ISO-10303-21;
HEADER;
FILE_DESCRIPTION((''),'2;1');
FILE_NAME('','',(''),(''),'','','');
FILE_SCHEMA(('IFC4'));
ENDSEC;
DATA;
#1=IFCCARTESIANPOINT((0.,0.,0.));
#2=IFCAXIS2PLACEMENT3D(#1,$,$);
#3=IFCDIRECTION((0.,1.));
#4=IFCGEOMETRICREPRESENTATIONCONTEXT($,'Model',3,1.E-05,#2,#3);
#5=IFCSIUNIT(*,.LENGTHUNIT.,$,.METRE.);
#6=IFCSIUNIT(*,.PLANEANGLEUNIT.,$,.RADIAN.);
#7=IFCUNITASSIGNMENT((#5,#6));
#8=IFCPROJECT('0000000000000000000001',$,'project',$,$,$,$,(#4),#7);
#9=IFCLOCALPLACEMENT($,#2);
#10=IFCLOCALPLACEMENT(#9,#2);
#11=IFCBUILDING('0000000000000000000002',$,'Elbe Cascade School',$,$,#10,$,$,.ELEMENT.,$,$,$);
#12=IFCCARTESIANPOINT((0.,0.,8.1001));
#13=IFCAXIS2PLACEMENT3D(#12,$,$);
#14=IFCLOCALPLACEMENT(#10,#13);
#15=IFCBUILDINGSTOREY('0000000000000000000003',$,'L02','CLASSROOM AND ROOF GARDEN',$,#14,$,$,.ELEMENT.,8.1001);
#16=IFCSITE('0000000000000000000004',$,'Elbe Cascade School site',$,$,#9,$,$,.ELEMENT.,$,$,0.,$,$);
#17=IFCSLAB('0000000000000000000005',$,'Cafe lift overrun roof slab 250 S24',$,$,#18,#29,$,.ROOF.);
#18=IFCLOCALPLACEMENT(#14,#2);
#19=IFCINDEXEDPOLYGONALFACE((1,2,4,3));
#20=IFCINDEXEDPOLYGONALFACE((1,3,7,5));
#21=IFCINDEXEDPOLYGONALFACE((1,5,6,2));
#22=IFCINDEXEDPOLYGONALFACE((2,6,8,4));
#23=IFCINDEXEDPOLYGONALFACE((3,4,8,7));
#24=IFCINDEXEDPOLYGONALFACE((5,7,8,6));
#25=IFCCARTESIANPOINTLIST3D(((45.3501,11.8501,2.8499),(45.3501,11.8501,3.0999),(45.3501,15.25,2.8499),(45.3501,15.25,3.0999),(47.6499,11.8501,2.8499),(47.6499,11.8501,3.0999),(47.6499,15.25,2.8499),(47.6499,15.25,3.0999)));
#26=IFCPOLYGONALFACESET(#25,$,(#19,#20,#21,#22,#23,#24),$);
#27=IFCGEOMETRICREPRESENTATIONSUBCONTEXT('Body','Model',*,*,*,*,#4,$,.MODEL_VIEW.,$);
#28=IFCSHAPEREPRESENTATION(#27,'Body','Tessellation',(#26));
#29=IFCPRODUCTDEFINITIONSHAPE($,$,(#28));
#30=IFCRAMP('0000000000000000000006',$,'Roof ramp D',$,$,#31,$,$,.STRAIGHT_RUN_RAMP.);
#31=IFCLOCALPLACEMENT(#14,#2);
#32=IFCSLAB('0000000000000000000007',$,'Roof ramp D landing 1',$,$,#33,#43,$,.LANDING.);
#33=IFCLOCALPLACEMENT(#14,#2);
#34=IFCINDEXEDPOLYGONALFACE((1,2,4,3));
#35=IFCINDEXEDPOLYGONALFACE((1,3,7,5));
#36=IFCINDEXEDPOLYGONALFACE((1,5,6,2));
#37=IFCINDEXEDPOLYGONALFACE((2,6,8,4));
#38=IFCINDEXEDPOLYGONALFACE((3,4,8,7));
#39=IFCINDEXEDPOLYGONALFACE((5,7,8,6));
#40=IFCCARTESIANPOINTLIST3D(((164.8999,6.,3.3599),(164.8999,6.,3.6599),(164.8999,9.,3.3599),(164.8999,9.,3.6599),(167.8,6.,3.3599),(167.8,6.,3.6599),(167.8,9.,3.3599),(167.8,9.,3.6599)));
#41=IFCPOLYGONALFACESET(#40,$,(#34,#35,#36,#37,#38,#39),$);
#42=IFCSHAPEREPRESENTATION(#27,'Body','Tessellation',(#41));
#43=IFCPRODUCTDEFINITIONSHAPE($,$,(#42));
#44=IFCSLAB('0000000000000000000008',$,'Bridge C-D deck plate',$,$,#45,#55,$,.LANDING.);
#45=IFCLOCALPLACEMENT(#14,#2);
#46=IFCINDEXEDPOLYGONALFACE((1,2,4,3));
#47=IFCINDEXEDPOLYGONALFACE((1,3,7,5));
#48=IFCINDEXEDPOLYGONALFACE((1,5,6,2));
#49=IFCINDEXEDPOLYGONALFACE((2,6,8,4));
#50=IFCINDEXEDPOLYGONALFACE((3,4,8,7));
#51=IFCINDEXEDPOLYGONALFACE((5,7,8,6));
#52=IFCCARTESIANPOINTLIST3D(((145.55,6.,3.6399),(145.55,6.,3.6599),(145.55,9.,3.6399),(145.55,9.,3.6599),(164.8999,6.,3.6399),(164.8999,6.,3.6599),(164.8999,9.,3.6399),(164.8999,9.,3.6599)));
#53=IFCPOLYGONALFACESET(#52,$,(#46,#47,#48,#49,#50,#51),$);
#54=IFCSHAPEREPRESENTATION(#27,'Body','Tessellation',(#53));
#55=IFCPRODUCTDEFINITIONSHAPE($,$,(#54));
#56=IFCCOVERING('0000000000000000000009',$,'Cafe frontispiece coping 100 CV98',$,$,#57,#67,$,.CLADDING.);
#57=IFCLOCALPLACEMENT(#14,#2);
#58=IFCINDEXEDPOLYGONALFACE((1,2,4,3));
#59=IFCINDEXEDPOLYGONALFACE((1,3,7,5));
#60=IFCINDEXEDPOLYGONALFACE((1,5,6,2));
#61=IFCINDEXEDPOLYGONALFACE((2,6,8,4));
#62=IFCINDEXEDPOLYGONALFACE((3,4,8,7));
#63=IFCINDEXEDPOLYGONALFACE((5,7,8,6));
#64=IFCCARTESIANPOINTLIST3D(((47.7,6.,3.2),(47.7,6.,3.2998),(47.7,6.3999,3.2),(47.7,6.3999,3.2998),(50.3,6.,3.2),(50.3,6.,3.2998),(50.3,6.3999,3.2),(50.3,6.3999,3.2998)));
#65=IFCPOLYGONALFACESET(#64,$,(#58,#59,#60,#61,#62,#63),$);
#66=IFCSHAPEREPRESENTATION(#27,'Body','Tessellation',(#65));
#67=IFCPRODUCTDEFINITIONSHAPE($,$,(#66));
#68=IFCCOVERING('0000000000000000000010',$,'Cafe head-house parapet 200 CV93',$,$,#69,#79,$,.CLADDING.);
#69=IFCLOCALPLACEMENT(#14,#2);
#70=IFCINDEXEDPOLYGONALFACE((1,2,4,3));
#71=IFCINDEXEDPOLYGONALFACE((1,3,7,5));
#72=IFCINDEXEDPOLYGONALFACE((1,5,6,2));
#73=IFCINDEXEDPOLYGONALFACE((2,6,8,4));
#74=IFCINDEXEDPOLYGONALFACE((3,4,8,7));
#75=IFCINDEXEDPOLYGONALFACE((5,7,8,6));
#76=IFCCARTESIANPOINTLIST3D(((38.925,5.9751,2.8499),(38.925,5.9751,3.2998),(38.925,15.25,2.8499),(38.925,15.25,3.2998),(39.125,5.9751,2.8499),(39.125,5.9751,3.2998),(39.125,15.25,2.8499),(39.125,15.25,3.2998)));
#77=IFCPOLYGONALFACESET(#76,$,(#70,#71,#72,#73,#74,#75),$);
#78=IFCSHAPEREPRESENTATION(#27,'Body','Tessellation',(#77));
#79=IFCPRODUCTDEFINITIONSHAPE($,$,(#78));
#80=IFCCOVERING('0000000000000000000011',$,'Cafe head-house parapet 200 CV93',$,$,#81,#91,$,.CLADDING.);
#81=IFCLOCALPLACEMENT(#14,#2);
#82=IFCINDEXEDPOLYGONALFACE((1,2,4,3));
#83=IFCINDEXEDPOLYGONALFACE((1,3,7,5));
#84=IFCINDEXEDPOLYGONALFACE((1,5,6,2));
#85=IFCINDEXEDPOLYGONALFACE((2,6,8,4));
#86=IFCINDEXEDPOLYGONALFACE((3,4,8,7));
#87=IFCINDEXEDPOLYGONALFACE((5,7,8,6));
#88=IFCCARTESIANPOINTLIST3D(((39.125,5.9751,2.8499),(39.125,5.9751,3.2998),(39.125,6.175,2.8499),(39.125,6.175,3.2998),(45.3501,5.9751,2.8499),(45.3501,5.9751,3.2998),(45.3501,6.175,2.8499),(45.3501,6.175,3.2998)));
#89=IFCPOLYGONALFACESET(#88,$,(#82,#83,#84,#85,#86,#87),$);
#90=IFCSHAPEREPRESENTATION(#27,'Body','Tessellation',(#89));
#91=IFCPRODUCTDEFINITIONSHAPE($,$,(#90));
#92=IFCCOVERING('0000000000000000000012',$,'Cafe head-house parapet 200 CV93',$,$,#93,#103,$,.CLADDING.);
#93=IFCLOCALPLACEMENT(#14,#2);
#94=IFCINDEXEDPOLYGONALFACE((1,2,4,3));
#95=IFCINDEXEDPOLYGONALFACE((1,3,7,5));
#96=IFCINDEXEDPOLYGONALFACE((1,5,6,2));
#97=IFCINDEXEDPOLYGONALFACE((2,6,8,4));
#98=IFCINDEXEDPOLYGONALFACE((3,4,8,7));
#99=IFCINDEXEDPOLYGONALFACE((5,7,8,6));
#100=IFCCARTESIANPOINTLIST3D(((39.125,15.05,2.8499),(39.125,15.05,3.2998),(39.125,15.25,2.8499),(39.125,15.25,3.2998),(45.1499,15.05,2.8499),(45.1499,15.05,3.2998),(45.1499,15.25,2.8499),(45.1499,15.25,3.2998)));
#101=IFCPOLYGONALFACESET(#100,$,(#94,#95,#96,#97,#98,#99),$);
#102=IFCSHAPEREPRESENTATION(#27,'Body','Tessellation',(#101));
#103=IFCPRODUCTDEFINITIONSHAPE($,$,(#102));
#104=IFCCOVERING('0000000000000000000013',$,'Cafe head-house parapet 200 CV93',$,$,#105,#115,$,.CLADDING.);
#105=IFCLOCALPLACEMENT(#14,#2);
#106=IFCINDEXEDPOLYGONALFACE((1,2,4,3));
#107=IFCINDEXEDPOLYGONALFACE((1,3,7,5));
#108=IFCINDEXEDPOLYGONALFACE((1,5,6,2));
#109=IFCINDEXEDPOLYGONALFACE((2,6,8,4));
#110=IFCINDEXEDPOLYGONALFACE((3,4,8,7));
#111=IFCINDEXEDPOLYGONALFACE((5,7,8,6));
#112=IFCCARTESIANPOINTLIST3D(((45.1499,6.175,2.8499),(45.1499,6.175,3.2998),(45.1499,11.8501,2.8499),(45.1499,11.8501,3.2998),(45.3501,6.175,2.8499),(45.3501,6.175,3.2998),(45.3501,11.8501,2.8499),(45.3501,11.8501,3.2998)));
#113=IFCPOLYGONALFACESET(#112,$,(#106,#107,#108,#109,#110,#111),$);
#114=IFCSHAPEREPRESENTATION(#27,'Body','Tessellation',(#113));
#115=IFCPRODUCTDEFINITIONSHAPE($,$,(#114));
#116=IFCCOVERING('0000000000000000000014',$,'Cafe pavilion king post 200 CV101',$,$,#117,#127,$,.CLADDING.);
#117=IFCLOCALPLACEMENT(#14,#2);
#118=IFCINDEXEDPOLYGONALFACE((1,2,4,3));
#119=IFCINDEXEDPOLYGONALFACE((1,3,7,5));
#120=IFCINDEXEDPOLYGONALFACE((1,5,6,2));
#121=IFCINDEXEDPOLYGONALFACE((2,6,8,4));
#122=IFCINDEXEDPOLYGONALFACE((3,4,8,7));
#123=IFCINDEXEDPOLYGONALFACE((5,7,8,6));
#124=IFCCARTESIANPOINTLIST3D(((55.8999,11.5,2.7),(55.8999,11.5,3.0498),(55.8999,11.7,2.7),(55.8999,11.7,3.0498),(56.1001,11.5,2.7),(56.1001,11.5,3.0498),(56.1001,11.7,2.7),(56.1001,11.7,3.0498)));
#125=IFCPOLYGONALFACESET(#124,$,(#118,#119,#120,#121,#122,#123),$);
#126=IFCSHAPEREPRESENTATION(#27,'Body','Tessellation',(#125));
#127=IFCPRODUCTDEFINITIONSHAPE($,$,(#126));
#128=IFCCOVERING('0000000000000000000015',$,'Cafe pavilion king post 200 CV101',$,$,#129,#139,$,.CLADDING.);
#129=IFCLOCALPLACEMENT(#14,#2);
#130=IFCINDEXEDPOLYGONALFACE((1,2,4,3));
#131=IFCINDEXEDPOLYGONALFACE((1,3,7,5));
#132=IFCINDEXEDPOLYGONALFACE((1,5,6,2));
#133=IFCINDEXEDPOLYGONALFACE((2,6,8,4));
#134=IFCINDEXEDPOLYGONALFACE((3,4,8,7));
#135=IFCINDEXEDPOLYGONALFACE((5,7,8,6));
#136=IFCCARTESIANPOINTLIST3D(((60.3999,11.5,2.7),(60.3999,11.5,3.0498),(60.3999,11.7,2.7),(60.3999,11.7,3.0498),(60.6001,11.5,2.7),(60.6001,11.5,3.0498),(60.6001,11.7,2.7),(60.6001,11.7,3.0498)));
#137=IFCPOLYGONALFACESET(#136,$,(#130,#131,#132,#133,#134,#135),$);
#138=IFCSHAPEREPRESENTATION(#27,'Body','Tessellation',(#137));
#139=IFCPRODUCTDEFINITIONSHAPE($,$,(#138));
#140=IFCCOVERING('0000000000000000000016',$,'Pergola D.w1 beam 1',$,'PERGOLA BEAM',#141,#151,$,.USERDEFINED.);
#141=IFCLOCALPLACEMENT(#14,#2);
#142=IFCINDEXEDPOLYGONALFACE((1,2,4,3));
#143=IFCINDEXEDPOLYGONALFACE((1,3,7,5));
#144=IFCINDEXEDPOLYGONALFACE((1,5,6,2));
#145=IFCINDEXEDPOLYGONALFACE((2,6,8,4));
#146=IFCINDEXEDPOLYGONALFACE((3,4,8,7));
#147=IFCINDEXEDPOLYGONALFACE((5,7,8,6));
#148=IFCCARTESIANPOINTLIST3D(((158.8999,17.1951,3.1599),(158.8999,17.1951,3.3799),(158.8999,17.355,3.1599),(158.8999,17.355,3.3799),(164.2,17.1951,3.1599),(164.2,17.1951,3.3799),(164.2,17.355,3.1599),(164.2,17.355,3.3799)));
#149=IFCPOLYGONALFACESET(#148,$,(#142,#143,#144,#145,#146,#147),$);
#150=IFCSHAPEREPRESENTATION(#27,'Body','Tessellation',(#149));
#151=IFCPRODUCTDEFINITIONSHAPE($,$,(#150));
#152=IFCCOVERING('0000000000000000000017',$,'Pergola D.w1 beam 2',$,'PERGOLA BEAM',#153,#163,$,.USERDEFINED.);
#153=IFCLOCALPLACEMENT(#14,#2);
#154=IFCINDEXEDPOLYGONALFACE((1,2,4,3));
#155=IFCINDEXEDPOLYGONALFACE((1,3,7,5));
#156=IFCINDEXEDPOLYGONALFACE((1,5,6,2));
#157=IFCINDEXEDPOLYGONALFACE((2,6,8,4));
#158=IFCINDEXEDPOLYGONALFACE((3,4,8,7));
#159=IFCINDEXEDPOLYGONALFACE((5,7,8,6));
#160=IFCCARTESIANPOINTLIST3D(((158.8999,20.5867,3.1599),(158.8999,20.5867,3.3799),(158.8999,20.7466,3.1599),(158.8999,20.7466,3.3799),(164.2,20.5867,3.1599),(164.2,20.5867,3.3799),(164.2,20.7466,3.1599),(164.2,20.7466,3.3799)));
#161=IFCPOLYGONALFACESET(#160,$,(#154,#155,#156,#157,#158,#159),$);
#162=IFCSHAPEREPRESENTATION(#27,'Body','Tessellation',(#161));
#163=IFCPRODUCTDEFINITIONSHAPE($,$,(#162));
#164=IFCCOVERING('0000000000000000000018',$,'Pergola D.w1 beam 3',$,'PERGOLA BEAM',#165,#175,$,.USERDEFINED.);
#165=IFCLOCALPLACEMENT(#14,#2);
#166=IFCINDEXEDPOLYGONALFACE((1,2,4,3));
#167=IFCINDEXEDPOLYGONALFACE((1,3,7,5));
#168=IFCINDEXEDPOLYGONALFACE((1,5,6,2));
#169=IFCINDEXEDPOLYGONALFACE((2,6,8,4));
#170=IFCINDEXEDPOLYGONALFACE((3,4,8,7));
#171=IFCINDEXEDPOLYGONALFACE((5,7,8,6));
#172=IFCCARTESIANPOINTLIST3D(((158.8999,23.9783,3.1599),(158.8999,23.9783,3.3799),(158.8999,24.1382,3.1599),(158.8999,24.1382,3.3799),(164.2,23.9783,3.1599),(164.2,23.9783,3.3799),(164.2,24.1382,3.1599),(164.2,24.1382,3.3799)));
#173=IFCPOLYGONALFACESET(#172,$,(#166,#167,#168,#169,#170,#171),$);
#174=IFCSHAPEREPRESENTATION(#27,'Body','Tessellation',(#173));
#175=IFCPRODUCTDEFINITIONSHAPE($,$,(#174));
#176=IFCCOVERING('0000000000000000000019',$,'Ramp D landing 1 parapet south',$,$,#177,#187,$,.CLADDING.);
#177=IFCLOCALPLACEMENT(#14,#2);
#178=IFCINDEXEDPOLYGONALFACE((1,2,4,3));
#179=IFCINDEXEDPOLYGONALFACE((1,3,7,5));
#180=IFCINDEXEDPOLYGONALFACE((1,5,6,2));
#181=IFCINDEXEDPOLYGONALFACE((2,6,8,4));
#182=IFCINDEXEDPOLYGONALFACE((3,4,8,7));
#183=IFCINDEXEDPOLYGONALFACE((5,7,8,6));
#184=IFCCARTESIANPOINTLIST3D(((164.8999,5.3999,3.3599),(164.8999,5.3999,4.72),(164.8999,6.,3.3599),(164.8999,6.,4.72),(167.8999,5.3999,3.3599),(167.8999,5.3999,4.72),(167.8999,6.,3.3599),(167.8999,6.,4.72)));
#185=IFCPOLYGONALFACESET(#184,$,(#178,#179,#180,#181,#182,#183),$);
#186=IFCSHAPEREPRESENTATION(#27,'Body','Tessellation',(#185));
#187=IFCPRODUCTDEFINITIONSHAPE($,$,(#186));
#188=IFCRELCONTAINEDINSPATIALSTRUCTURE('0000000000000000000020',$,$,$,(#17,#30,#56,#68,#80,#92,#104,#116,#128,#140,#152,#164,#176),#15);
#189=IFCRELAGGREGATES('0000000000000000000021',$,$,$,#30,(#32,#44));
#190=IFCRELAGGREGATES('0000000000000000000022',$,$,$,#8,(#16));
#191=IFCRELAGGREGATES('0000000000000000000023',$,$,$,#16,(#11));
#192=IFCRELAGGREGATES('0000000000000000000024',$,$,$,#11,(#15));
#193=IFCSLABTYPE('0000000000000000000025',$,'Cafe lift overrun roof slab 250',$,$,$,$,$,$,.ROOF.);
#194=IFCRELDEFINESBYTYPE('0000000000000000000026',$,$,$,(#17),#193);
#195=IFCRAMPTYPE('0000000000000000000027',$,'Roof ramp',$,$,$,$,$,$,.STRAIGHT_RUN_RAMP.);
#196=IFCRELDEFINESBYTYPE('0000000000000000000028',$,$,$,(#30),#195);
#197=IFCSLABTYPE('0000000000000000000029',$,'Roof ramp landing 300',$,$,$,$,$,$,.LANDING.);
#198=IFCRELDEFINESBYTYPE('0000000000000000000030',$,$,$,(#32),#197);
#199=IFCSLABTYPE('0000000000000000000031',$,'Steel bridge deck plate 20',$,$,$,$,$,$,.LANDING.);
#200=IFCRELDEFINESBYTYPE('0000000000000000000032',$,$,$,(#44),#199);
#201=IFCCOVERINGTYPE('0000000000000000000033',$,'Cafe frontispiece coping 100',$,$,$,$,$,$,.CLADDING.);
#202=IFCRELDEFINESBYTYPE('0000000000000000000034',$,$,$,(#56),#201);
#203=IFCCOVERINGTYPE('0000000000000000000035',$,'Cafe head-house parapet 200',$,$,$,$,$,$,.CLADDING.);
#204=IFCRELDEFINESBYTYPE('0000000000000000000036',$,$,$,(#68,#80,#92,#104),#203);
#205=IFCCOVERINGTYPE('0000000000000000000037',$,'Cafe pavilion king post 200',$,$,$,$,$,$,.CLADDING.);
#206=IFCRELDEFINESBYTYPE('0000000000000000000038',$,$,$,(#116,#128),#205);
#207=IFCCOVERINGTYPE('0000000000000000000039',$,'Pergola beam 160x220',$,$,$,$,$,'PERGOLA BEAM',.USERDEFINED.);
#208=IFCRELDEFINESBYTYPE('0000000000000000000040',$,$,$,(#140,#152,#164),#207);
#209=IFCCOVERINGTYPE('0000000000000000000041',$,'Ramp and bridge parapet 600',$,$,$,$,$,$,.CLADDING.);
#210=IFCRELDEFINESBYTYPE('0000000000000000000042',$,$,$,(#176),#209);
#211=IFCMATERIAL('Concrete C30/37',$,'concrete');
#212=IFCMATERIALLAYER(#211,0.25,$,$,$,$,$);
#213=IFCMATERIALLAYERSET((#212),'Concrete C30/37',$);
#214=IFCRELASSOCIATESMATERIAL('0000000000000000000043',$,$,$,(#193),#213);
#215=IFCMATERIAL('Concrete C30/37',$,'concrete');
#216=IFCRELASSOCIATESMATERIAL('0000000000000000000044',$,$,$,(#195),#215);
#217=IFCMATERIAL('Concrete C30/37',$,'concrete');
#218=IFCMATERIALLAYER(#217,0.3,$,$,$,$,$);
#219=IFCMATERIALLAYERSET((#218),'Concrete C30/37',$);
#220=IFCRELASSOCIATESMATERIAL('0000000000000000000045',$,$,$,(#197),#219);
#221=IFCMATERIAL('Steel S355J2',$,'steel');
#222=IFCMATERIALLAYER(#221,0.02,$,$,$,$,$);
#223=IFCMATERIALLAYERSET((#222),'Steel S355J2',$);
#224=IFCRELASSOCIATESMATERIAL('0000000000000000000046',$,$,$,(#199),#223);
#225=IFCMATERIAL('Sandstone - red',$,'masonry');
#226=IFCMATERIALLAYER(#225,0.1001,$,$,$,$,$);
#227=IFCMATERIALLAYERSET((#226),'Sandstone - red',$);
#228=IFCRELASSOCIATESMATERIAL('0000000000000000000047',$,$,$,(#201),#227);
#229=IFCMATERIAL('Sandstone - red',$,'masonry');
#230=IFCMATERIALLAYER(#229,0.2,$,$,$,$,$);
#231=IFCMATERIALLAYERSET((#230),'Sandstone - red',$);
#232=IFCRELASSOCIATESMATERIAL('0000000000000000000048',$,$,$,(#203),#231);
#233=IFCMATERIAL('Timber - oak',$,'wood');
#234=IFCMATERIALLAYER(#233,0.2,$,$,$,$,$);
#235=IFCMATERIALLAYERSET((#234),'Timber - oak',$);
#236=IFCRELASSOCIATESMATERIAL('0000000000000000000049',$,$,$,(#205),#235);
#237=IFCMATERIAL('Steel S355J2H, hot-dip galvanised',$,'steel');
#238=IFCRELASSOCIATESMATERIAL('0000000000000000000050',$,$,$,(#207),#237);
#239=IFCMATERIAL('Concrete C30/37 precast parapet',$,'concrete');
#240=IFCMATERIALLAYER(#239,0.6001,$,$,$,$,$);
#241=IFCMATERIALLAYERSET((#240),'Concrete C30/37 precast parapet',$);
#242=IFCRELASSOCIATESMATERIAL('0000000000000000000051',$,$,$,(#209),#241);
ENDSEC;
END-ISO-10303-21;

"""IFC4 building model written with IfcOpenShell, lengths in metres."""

from ifc_helpers import new_model, si_unit, direction, frame, origin, place, context, subcontext, project, spatial, polyline, outline, extrude, material, layer, layer_set, type_object, element, aggregate, save


model = new_model("IFC4")

# Units and contexts
model_context = context("Model", 3, precision=1e-05, world=origin(), true_north=direction((0.0, 1.0)))
body_context = subcontext(model_context, "Body", "Model", "MODEL_VIEW")
ifc_project = project(units=[si_unit("LENGTHUNIT", "METRE"), si_unit("PLANEANGLEUNIT", "RADIAN")], contexts=[model_context])

# Site, building, storey
site_placement = place(None, origin())
site = spatial("IfcSite", under=ifc_project, at=site_placement, Name="Elbe Cascade School site", CompositionType="ELEMENT", RefElevation=0.0)
building_placement = place(site_placement, origin())
building = spatial("IfcBuilding", under=site, at=building_placement, Name="Elbe Cascade School", CompositionType="ELEMENT")
storey_placement = place(building_placement, frame((0.0, 0.0, 8.1001)))
storey = spatial("IfcBuildingStorey", under=building, at=storey_placement, Name="L02", Description="CLASSROOM AND ROOF GARDEN", CompositionType="ELEMENT", Elevation=8.1001)

# Slab
ifc_material_1 = material(Name="Concrete C30/37", Category="concrete")
ifc_layer_1 = layer(ifc_material_1, 0.25)
ifc_layer_set_1 = layer_set([ifc_layer_1], Name="Concrete C30/37")
slab_type_1 = type_object("IfcSlabType", Name="Cafe lift overrun roof slab 250", PredefinedType="ROOF", material=ifc_layer_set_1)
slab_1_placement = place(storey_placement, frame((0.0, 0.0, 2.8499)))
element("IfcSlab", 1, at=slab_1_placement, inside=storey, type_object=slab_type_1, Name="Cafe lift overrun roof slab 250 S24", PredefinedType="ROOF", context=body_context, shape_type="SweptSolid", body=[
    extrude(outline(polyline([(47.6499, 11.8501), (47.6499, 15.25), (45.3501, 15.25), (45.3501, 11.8501), (47.6499, 11.8501)])), origin(), (0.0, 0.0, 1.0), 0.25),
])

# Ramp, slabs
ifc_material_2 = material(Name="Concrete C30/37", Category="concrete")
ramp_type = type_object("IfcRampType", Name="Roof ramp", PredefinedType="STRAIGHT_RUN_RAMP", material=ifc_material_2)
ramp_placement = place(storey_placement, origin())
ramp = element("IfcRamp", 2, at=ramp_placement, inside=storey, type_object=ramp_type, Name="Roof ramp D", PredefinedType="STRAIGHT_RUN_RAMP")
ifc_material_3 = material(Name="Concrete C30/37", Category="concrete")
ifc_layer_2 = layer(ifc_material_3, 0.3)
ifc_layer_set_2 = layer_set([ifc_layer_2], Name="Concrete C30/37")
slab_type_2 = type_object("IfcSlabType", Name="Roof ramp landing 300", PredefinedType="LANDING", material=ifc_layer_set_2)
slab_2_placement = place(storey_placement, frame((0.0, 0.0, 3.3599)))
slab_2 = element("IfcSlab", 3, at=slab_2_placement, type_object=slab_type_2, Name="Roof ramp D landing 1", PredefinedType="LANDING", context=body_context, shape_type="SweptSolid", body=[
    extrude(outline(polyline([(167.8, 6.0), (167.8, 9.0), (164.8999, 9.0), (164.8999, 6.0), (167.8, 6.0)])), origin(), (0.0, 0.0, 1.0), 0.3),
])
ifc_material_4 = material(Name="Steel S355J2", Category="steel")
ifc_layer_3 = layer(ifc_material_4, 0.02)
ifc_layer_set_3 = layer_set([ifc_layer_3], Name="Steel S355J2")
slab_type_3 = type_object("IfcSlabType", Name="Steel bridge deck plate 20", PredefinedType="LANDING", material=ifc_layer_set_3)
slab_3_placement = place(storey_placement, frame((0.0, 0.0, 3.6399)))
slab_3 = element("IfcSlab", 4, at=slab_3_placement, type_object=slab_type_3, Name="Bridge C-D deck plate", PredefinedType="LANDING", context=body_context, shape_type="SweptSolid", body=[
    extrude(outline(polyline([(145.55, 6.0), (164.8999, 6.0), (164.8999, 9.0), (145.55, 9.0), (145.55, 6.0)])), origin(), (0.0, 0.0, 1.0), 0.02),
])
aggregate(ramp, [slab_2, slab_3])

# Coverings
ifc_material_5 = material(Name="Sandstone - red", Category="masonry")
ifc_layer_4 = layer(ifc_material_5, 0.1001)
ifc_layer_set_4 = layer_set([ifc_layer_4], Name="Sandstone - red")
covering_type_1 = type_object("IfcCoveringType", Name="Cafe frontispiece coping 100", PredefinedType="CLADDING", material=ifc_layer_set_4)
covering_1_placement = place(storey_placement, frame((0.0, 0.0, 3.2)))
element("IfcCovering", 5, at=covering_1_placement, inside=storey, type_object=covering_type_1, Name="Cafe frontispiece coping 100 CV98", PredefinedType="CLADDING", context=body_context, shape_type="SweptSolid", body=[
    extrude(outline(polyline([(47.7, 6.0), (50.3, 6.0), (50.3, 6.3999), (47.7, 6.3999), (47.7, 6.0)])), origin(), (0.0, 0.0, 1.0), 0.0999),
])
ifc_material_6 = material(Name="Sandstone - red", Category="masonry")
ifc_layer_5 = layer(ifc_material_6, 0.2)
ifc_layer_set_5 = layer_set([ifc_layer_5], Name="Sandstone - red")
covering_type_2 = type_object("IfcCoveringType", Name="Cafe head-house parapet 200", PredefinedType="CLADDING", material=ifc_layer_set_5)
covering_2_placement = place(storey_placement, frame((0.0, 0.0, 2.8499)))
element("IfcCovering", 6, at=covering_2_placement, inside=storey, type_object=covering_type_2, Name="Cafe head-house parapet 200 CV93", PredefinedType="CLADDING", context=body_context, shape_type="SweptSolid", body=[
    extrude(outline(polyline([(38.925, 5.9751), (39.125, 5.9751), (39.125, 15.25), (38.925, 15.25), (38.925, 5.9751)])), origin(), (0.0, 0.0, 1.0), 0.45),
])
covering_3_placement = place(storey_placement, frame((0.0, 0.0, 2.8499)))
element("IfcCovering", 7, at=covering_3_placement, inside=storey, type_object=covering_type_2, Name="Cafe head-house parapet 200 CV93", PredefinedType="CLADDING", context=body_context, shape_type="SweptSolid", body=[
    extrude(outline(polyline([(39.125, 5.9751), (45.3501, 5.9751), (45.3501, 6.175), (39.125, 6.175), (39.125, 5.9751)])), origin(), (0.0, 0.0, 1.0), 0.45),
])
covering_4_placement = place(storey_placement, frame((0.0, 0.0, 2.8499)))
element("IfcCovering", 8, at=covering_4_placement, inside=storey, type_object=covering_type_2, Name="Cafe head-house parapet 200 CV93", PredefinedType="CLADDING", context=body_context, shape_type="SweptSolid", body=[
    extrude(outline(polyline([(39.125, 15.05), (45.1499, 15.05), (45.1499, 15.25), (39.125, 15.25), (39.125, 15.05)])), origin(), (0.0, 0.0, 1.0), 0.45),
])
covering_5_placement = place(storey_placement, frame((0.0, 0.0, 2.8499)))
element("IfcCovering", 9, at=covering_5_placement, inside=storey, type_object=covering_type_2, Name="Cafe head-house parapet 200 CV93", PredefinedType="CLADDING", context=body_context, shape_type="SweptSolid", body=[
    extrude(outline(polyline([(45.1499, 6.175), (45.3501, 6.175), (45.3501, 11.8501), (45.1499, 11.8501), (45.1499, 6.175)])), origin(), (0.0, 0.0, 1.0), 0.45),
])
ifc_material_7 = material(Name="Timber - oak", Category="wood")
ifc_layer_6 = layer(ifc_material_7, 0.2)
ifc_layer_set_6 = layer_set([ifc_layer_6], Name="Timber - oak")
covering_type_3 = type_object("IfcCoveringType", Name="Cafe pavilion king post 200", PredefinedType="CLADDING", material=ifc_layer_set_6)
covering_6_placement = place(storey_placement, frame((0.0, 0.0, 2.7)))
element("IfcCovering", 10, at=covering_6_placement, inside=storey, type_object=covering_type_3, Name="Cafe pavilion king post 200 CV101", PredefinedType="CLADDING", context=body_context, shape_type="SweptSolid", body=[
    extrude(outline(polyline([(55.8999, 11.5), (56.1001, 11.5), (56.1001, 11.7), (55.8999, 11.7), (55.8999, 11.5)])), origin(), (0.0, 0.0, 1.0), 0.3499),
])
covering_7_placement = place(storey_placement, frame((0.0, 0.0, 2.7)))
element("IfcCovering", 11, at=covering_7_placement, inside=storey, type_object=covering_type_3, Name="Cafe pavilion king post 200 CV101", PredefinedType="CLADDING", context=body_context, shape_type="SweptSolid", body=[
    extrude(outline(polyline([(60.3999, 11.5), (60.6001, 11.5), (60.6001, 11.7), (60.3999, 11.7), (60.3999, 11.5)])), origin(), (0.0, 0.0, 1.0), 0.3499),
])
ifc_material_8 = material(Name="Steel S355J2H, hot-dip galvanised", Category="steel")
covering_type_4 = type_object("IfcCoveringType", Name="Pergola beam 160x220", ElementType="PERGOLA BEAM", PredefinedType="USERDEFINED", material=ifc_material_8)
covering_8_placement = place(storey_placement, frame((0.0, 0.0, 3.1599)))
element("IfcCovering", 12, at=covering_8_placement, inside=storey, type_object=covering_type_4, Name="Pergola D.w1 beam 1", ObjectType="PERGOLA BEAM", PredefinedType="USERDEFINED", context=body_context, shape_type="SweptSolid", body=[
    extrude(outline(polyline([(158.8999, 17.1951), (164.2, 17.1951), (164.2, 17.355), (158.8999, 17.355), (158.8999, 17.1951)])), origin(), (0.0, 0.0, 1.0), 0.22),
])
covering_9_placement = place(storey_placement, frame((0.0, 0.0, 3.1599)))
element("IfcCovering", 13, at=covering_9_placement, inside=storey, type_object=covering_type_4, Name="Pergola D.w1 beam 2", ObjectType="PERGOLA BEAM", PredefinedType="USERDEFINED", context=body_context, shape_type="SweptSolid", body=[
    extrude(outline(polyline([(158.8999, 20.5867), (164.2, 20.5867), (164.2, 20.7466), (158.8999, 20.7466), (158.8999, 20.5867)])), origin(), (0.0, 0.0, 1.0), 0.22),
])
covering_10_placement = place(storey_placement, frame((0.0, 0.0, 3.1599)))
element("IfcCovering", 14, at=covering_10_placement, inside=storey, type_object=covering_type_4, Name="Pergola D.w1 beam 3", ObjectType="PERGOLA BEAM", PredefinedType="USERDEFINED", context=body_context, shape_type="SweptSolid", body=[
    extrude(outline(polyline([(158.8999, 23.9783), (164.2, 23.9783), (164.2, 24.1382), (158.8999, 24.1382), (158.8999, 23.9783)])), origin(), (0.0, 0.0, 1.0), 0.22),
])
ifc_material_9 = material(Name="Concrete C30/37 precast parapet", Category="concrete")
ifc_layer_7 = layer(ifc_material_9, 0.6001)
ifc_layer_set_7 = layer_set([ifc_layer_7], Name="Concrete C30/37 precast parapet")
covering_type_5 = type_object("IfcCoveringType", Name="Ramp and bridge parapet 600", PredefinedType="CLADDING", material=ifc_layer_set_7)
covering_11_placement = place(storey_placement, frame((0.0, 0.0, 3.3599)))
element("IfcCovering", 15, at=covering_11_placement, inside=storey, type_object=covering_type_5, Name="Ramp D landing 1 parapet south", PredefinedType="CLADDING", context=body_context, shape_type="SweptSolid", body=[
    extrude(outline(polyline([(164.8999, 5.3999), (167.8999, 5.3999), (167.8999, 6.0), (164.8999, 6.0), (164.8999, 5.3999)])), origin(), (0.0, 0.0, 1.0), 1.3601),
])

save(model, "model.ifc")
